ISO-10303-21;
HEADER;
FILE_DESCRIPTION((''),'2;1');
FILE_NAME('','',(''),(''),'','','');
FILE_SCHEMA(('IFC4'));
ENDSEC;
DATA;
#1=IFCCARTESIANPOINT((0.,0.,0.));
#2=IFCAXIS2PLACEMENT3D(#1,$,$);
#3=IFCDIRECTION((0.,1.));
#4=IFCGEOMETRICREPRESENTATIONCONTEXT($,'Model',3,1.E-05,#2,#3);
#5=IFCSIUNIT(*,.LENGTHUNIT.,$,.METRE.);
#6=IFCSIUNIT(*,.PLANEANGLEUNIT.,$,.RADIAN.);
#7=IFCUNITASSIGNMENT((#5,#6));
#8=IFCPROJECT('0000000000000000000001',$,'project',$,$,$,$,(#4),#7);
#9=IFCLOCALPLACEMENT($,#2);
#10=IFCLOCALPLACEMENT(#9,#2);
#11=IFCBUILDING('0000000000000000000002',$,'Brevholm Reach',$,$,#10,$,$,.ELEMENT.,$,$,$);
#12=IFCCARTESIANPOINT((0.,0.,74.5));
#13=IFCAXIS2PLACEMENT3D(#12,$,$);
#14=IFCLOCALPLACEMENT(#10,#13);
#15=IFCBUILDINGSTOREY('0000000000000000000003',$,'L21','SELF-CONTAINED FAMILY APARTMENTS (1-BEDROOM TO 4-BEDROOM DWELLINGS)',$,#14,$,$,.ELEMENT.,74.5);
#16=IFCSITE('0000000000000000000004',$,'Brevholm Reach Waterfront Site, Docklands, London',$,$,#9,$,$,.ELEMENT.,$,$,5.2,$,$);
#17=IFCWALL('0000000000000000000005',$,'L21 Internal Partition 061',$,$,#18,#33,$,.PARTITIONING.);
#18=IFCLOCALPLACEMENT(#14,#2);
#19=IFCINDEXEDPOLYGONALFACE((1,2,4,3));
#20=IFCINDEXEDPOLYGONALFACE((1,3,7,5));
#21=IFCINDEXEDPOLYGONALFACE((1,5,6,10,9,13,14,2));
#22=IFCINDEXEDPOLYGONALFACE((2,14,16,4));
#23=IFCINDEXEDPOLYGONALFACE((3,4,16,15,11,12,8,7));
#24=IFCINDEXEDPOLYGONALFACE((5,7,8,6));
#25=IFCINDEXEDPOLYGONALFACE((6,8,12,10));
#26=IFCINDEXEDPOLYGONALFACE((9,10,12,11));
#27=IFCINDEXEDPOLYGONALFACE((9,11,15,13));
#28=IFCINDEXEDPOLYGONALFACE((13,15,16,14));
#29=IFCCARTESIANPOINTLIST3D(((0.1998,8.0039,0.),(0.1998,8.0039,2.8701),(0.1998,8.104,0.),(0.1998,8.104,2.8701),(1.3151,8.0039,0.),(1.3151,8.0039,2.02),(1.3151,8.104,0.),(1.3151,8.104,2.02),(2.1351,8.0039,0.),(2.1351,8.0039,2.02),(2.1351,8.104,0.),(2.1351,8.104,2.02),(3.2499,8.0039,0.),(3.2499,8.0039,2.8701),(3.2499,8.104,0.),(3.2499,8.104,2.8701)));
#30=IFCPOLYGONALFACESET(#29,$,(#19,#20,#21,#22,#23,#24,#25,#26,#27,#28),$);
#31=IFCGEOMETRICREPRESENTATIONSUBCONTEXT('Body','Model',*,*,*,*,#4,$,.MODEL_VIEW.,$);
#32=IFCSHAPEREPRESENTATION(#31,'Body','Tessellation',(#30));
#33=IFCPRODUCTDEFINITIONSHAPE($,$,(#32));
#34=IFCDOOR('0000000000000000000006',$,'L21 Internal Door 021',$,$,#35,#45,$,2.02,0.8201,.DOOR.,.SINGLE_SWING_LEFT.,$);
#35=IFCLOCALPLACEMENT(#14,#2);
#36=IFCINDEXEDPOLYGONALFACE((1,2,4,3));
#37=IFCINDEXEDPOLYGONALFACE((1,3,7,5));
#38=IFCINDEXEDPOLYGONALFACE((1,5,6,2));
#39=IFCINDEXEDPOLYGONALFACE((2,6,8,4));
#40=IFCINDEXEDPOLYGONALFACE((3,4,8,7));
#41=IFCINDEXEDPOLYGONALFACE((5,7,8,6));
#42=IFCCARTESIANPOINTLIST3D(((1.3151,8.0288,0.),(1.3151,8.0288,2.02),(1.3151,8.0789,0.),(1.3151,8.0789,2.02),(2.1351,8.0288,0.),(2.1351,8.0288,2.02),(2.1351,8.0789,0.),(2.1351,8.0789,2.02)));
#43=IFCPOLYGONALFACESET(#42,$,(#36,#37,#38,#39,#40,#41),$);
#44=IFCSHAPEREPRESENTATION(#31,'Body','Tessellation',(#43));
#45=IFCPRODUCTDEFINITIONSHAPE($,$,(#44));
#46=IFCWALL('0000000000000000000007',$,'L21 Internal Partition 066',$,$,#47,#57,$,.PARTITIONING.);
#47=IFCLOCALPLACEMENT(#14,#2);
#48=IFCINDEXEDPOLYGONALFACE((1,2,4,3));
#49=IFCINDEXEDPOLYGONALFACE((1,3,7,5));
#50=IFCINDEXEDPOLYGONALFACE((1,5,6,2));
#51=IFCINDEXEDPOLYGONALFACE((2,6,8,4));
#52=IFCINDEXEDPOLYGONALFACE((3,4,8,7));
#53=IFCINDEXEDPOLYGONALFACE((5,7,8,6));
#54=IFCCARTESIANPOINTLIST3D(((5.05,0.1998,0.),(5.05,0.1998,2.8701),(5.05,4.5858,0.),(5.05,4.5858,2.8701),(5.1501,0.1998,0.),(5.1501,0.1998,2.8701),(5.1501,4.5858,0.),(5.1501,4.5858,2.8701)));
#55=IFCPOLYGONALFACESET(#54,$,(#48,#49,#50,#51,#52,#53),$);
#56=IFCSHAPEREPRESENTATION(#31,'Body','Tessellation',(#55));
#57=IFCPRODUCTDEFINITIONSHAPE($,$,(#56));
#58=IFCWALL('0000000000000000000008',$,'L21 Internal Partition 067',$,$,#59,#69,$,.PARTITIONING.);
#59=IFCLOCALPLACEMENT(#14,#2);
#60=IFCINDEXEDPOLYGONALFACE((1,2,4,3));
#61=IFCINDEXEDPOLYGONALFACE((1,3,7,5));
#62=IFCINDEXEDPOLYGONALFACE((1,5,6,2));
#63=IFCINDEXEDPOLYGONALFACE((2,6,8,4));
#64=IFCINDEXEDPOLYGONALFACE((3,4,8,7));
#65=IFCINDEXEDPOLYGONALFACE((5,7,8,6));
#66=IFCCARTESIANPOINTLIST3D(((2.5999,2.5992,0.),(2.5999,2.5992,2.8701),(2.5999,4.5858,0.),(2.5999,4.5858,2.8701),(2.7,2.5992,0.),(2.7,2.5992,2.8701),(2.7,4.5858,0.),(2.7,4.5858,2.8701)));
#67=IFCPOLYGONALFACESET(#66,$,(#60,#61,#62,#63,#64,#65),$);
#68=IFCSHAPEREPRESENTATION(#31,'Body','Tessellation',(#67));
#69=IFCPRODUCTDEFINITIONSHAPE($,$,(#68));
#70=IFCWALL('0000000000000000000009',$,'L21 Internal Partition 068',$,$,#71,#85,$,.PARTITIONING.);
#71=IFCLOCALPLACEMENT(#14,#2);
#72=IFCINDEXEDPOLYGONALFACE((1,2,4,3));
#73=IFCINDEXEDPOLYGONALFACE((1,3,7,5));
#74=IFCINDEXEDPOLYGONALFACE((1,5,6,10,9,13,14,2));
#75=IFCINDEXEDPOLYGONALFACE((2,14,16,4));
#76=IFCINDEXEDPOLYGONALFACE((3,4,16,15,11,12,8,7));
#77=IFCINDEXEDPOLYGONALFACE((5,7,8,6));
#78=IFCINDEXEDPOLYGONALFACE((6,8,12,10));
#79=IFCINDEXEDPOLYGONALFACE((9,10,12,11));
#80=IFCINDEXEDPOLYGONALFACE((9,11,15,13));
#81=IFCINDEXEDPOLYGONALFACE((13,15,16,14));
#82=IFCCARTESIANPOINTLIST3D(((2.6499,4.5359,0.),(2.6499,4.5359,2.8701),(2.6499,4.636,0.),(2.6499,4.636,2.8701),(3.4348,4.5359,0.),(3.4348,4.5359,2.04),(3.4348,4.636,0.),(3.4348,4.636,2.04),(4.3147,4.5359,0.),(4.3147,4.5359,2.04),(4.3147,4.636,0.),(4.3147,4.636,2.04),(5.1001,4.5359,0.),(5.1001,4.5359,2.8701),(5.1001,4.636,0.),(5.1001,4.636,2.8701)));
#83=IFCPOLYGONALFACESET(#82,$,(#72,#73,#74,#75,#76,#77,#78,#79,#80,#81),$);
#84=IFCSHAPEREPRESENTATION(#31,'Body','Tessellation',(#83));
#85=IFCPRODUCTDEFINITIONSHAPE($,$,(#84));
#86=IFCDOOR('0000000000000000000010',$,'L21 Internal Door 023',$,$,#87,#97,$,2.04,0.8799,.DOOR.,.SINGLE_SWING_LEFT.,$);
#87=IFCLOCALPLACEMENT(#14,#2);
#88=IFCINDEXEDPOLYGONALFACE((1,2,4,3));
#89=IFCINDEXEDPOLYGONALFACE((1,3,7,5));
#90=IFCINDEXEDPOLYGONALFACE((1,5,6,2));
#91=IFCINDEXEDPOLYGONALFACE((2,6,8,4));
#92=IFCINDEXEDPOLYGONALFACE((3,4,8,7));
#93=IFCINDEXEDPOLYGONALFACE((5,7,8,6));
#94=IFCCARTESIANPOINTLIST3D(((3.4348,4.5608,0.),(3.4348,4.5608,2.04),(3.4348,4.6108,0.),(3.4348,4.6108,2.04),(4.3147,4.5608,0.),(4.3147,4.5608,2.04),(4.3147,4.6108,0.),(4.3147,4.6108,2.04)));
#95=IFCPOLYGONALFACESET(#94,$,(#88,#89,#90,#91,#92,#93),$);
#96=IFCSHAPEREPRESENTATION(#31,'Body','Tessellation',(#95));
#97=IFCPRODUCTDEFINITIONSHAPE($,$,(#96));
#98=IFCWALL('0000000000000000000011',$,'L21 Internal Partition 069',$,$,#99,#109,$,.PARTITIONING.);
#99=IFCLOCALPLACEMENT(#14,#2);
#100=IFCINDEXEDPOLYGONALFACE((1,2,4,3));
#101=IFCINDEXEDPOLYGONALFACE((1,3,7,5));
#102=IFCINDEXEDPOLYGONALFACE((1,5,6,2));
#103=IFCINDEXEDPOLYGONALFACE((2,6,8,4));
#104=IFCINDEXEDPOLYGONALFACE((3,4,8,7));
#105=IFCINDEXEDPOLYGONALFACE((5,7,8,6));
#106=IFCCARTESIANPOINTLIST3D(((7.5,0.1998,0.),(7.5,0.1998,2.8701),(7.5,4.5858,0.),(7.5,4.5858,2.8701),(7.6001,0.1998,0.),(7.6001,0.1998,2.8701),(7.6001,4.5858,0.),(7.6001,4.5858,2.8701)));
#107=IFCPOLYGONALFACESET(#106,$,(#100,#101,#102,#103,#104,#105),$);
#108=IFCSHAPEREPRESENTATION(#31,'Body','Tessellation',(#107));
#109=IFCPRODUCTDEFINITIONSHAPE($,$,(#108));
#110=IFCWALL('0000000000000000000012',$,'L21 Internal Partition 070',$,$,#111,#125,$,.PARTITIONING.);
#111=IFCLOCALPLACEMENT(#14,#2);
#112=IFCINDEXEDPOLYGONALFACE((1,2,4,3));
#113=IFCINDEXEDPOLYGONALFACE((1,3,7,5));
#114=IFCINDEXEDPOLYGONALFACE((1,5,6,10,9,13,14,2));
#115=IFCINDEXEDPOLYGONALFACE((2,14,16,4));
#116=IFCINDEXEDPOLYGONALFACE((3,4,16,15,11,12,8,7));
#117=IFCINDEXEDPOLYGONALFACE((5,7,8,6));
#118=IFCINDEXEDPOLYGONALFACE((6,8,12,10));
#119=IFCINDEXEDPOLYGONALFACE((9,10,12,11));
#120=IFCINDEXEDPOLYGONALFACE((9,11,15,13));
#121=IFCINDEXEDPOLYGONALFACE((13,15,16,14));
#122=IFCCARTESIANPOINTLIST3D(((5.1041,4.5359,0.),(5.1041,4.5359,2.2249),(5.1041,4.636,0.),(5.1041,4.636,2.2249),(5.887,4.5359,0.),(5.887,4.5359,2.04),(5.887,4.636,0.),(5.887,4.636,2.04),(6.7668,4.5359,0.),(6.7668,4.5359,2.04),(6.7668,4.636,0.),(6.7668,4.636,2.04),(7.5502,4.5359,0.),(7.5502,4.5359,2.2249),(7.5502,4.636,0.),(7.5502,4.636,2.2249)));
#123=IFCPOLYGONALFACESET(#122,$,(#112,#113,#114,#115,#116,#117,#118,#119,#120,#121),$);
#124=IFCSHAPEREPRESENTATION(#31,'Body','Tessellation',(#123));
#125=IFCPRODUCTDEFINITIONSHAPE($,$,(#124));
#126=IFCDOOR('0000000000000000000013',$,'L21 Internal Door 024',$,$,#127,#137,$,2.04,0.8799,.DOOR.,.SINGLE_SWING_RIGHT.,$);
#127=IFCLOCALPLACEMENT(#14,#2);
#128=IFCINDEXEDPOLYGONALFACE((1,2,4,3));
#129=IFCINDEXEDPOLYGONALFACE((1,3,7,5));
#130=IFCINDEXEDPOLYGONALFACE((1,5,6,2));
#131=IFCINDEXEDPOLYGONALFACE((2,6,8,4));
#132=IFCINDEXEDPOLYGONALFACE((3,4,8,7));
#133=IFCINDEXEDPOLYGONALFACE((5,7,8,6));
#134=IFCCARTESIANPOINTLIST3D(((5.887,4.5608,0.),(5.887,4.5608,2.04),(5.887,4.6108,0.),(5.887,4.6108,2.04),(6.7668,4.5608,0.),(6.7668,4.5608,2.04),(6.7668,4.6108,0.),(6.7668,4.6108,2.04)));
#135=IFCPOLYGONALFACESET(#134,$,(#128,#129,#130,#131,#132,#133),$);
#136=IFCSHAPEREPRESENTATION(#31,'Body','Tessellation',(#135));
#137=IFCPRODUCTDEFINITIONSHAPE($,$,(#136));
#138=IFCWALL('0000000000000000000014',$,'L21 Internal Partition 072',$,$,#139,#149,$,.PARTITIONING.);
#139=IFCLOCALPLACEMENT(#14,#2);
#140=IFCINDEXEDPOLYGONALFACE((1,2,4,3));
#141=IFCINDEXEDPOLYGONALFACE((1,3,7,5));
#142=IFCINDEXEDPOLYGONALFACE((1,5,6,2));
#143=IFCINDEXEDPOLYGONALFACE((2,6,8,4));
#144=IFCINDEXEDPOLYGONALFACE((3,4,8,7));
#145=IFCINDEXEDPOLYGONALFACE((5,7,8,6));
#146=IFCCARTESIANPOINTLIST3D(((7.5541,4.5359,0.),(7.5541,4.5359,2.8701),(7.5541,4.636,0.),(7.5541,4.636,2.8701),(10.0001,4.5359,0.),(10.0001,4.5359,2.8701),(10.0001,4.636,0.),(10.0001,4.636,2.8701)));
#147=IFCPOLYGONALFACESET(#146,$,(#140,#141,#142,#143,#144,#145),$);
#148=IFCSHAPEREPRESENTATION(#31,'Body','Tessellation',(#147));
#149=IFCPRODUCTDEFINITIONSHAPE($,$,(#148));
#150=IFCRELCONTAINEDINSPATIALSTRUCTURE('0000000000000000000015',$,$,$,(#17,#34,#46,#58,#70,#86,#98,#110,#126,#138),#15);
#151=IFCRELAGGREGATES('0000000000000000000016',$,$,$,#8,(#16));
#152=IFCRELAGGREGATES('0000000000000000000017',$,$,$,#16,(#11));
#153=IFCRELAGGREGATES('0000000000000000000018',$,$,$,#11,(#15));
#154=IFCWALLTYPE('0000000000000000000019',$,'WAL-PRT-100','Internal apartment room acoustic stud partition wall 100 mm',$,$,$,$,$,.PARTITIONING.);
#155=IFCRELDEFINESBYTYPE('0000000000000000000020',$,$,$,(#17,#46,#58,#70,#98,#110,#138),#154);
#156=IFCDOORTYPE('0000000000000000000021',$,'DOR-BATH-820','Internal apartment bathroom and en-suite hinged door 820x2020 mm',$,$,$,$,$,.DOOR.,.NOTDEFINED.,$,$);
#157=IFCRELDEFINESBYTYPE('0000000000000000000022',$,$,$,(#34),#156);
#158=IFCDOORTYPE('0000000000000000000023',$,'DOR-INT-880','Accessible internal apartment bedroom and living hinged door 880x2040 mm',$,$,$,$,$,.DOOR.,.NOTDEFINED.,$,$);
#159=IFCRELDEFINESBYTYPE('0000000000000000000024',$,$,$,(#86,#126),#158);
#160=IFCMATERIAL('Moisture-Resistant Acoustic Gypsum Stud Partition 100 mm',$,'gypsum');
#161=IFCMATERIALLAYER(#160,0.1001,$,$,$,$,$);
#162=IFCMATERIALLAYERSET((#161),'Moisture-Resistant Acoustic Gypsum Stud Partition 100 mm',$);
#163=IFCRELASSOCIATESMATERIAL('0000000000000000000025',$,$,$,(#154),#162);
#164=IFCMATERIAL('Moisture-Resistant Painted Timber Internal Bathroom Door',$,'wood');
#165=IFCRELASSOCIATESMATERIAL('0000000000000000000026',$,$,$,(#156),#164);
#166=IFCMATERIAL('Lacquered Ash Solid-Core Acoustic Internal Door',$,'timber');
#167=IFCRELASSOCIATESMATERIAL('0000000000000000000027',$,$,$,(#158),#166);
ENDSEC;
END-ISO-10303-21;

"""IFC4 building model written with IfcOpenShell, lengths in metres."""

from ifc_helpers import new_model, si_unit, direction, frame, frame_2d, origin, place, context, subcontext, project, spatial, rectangle, extrude, material, layer, layer_set, type_object, element, fill, save


model = new_model("IFC4")

# Units and contexts
model_context = context("Model", 3, precision=1e-05, world=origin(), true_north=direction((0.0, 1.0)))
body_context = subcontext(model_context, "Body", "Model", "MODEL_VIEW")
ifc_project = project(units=[si_unit("LENGTHUNIT", "METRE"), si_unit("PLANEANGLEUNIT", "RADIAN")], contexts=[model_context])

# Site, building, storey
site_placement = place(None, origin())
site = spatial("IfcSite", under=ifc_project, at=site_placement, Name="Brevholm Reach Waterfront Site, Docklands, London", CompositionType="ELEMENT", RefElevation=5.2)
building_placement = place(site_placement, origin())
building = spatial("IfcBuilding", under=site, at=building_placement, Name="Brevholm Reach", CompositionType="ELEMENT")
storey_placement = place(building_placement, frame((0.0, 0.0, 74.5)))
storey = spatial("IfcBuildingStorey", under=building, at=storey_placement, Name="L21", Description="SELF-CONTAINED FAMILY APARTMENTS (1-BEDROOM TO 4-BEDROOM DWELLINGS)", CompositionType="ELEMENT", Elevation=74.5)

# Wall, opening, door
ifc_material_1 = material(Name="Moisture-Resistant Acoustic Gypsum Stud Partition 100 mm", Category="gypsum")
ifc_layer_1 = layer(ifc_material_1, 0.1001)
ifc_layer_set_1 = layer_set([ifc_layer_1], Name="Moisture-Resistant Acoustic Gypsum Stud Partition 100 mm")
wall_type_1 = type_object("IfcWallType", Name="WAL-PRT-100", Description="Internal apartment room acoustic stud partition wall 100 mm", PredefinedType="PARTITIONING", material=ifc_layer_set_1)
wall_1_placement = place(storey_placement, frame((0.2, 8.054, 0.0), z_axis=(0.0, 0.0, 1.0), x_axis=(1.0, 0.0, 0.0)))
wall_1 = element("IfcWall", 1, at=wall_1_placement, inside=storey, type_object=wall_type_1, Name="L21 Internal Partition 061", PredefinedType="PARTITIONING", context=body_context, shape_type="SweptSolid", body=[
    extrude(rectangle(XDim=3.05, YDim=0.1001, at=frame_2d((1.5249, 0.0))), origin(), (0.0, 0.0, 1.0), 2.8701),
])
opening_1_placement = place(wall_1_placement, frame((1.115, 0.0, 0.0)))
opening_1 = element("IfcOpeningElement", 2, at=opening_1_placement, cuts=wall_1, PredefinedType="OPENING", context=body_context, shape_type="SweptSolid", body=[
    extrude(rectangle(XDim=0.8201, YDim=2.02, at=frame_2d((0.4102, 1.01))), frame((0.0, 0.0601, 0.0), z_axis=(0.0, -1.0, 0.0), x_axis=(1.0, 0.0, 0.0)), (0.0, 0.0, 1.0), 0.1201),
])
ifc_material_2 = material(Name="Moisture-Resistant Painted Timber Internal Bathroom Door", Category="wood")
door_type_1 = type_object("IfcDoorType", Name="DOR-BATH-820", Description="Internal apartment bathroom and en-suite hinged door 820x2020 mm", OperationType="NOTDEFINED", PredefinedType="DOOR", material=ifc_material_2)
door_1_placement = place(opening_1_placement, origin())
door_1 = element("IfcDoor", 3, at=door_1_placement, inside=storey, type_object=door_type_1, Name="L21 Internal Door 021", OperationType="SINGLE_SWING_LEFT", OverallHeight=2.02, OverallWidth=0.8201, PredefinedType="DOOR", context=body_context, shape_type="SweptSolid", body=[
    extrude(rectangle(XDim=0.8201, YDim=2.02, at=frame_2d((0.4102, 1.01))), frame((0.0, 0.0249, 0.0), z_axis=(0.0, -1.0, 0.0), x_axis=(1.0, 0.0, 0.0)), (0.0, 0.0, 1.0), 0.05),
])
fill(opening_1, door_1)

# Walls
wall_2_placement = place(storey_placement, frame((5.1001, 0.2, 0.0), z_axis=(0.0, 0.0, 1.0), x_axis=(0.0, 1.0, 0.0)))
element("IfcWall", 4, at=wall_2_placement, inside=storey, type_object=wall_type_1, Name="L21 Internal Partition 066", PredefinedType="PARTITIONING", context=body_context, shape_type="SweptSolid", body=[
    extrude(rectangle(XDim=4.386, YDim=0.1001, at=frame_2d((2.1929, 0.0))), origin(), (0.0, 0.0, 1.0), 2.8701),
])
wall_3_placement = place(storey_placement, frame((2.6499, 2.5994, 0.0), z_axis=(0.0, 0.0, 1.0), x_axis=(0.0, 1.0, 0.0)))
element("IfcWall", 5, at=wall_3_placement, inside=storey, type_object=wall_type_1, Name="L21 Internal Partition 067", PredefinedType="PARTITIONING", context=body_context, shape_type="SweptSolid", body=[
    extrude(rectangle(XDim=1.9866, YDim=0.1001, at=frame_2d((0.9932, 0.0))), origin(), (0.0, 0.0, 1.0), 2.8701),
])

# Wall, opening, door
wall_4_placement = place(storey_placement, frame((2.6499, 4.5859, 0.0), z_axis=(0.0, 0.0, 1.0), x_axis=(1.0, 0.0, 0.0)))
wall_4 = element("IfcWall", 6, at=wall_4_placement, inside=storey, type_object=wall_type_1, Name="L21 Internal Partition 068", PredefinedType="PARTITIONING", context=body_context, shape_type="SweptSolid", body=[
    extrude(rectangle(XDim=2.4502, YDim=0.1001, at=frame_2d((1.2251, 0.0))), origin(), (0.0, 0.0, 1.0), 2.8701),
])
opening_2_placement = place(wall_4_placement, frame((0.7849, 0.0, 0.0)))
opening_2 = element("IfcOpeningElement", 7, at=opening_2_placement, cuts=wall_4, PredefinedType="OPENING", context=body_context, shape_type="SweptSolid", body=[
    extrude(rectangle(XDim=0.8799, YDim=2.04, at=frame_2d((0.4399, 1.02))), frame((0.0, 0.0601, 0.0), z_axis=(0.0, -1.0, 0.0), x_axis=(1.0, 0.0, 0.0)), (0.0, 0.0, 1.0), 0.1201),
])
ifc_material_3 = material(Name="Lacquered Ash Solid-Core Acoustic Internal Door", Category="timber")
door_type_2 = type_object("IfcDoorType", Name="DOR-INT-880", Description="Accessible internal apartment bedroom and living hinged door 880x2040 mm", OperationType="NOTDEFINED", PredefinedType="DOOR", material=ifc_material_3)
door_2_placement = place(opening_2_placement, origin())
door_2 = element("IfcDoor", 8, at=door_2_placement, inside=storey, type_object=door_type_2, Name="L21 Internal Door 023", OperationType="SINGLE_SWING_LEFT", OverallHeight=2.04, OverallWidth=0.8799, PredefinedType="DOOR", context=body_context, shape_type="SweptSolid", body=[
    extrude(rectangle(XDim=0.8799, YDim=2.04, at=frame_2d((0.4399, 1.02))), frame((0.0, 0.0249, 0.0), z_axis=(0.0, -1.0, 0.0), x_axis=(1.0, 0.0, 0.0)), (0.0, 0.0, 1.0), 0.05),
])
fill(opening_2, door_2)

# Wall
wall_5_placement = place(storey_placement, frame((7.55, 0.2, 0.0), z_axis=(0.0, 0.0, 1.0), x_axis=(0.0, 1.0, 0.0)))
element("IfcWall", 9, at=wall_5_placement, inside=storey, type_object=wall_type_1, Name="L21 Internal Partition 069", PredefinedType="PARTITIONING", context=body_context, shape_type="SweptSolid", body=[
    extrude(rectangle(XDim=4.386, YDim=0.1001, at=frame_2d((2.1929, 0.0))), origin(), (0.0, 0.0, 1.0), 2.8701),
])

# Wall, opening, door
wall_6_placement = place(storey_placement, frame((5.104, 4.5859, 0.0), z_axis=(0.0, 0.0, 1.0), x_axis=(1.0, 0.0, 0.0)))
wall_6 = element("IfcWall", 10, at=wall_6_placement, inside=storey, type_object=wall_type_1, Name="L21 Internal Partition 070", PredefinedType="PARTITIONING", context=body_context, shape_type="SweptSolid", body=[
    extrude(rectangle(XDim=2.446, YDim=0.1001, at=frame_2d((1.2231, 0.0))), origin(), (0.0, 0.0, 1.0), 2.2249),
])
opening_3_placement = place(wall_6_placement, frame((0.783, 0.0, 0.0)))
opening_3 = element("IfcOpeningElement", 11, at=opening_3_placement, cuts=wall_6, PredefinedType="OPENING", context=body_context, shape_type="SweptSolid", body=[
    extrude(rectangle(XDim=0.8799, YDim=2.04, at=frame_2d((0.4399, 1.02))), frame((0.0, 0.0601, 0.0), z_axis=(0.0, -1.0, 0.0), x_axis=(1.0, 0.0, 0.0)), (0.0, 0.0, 1.0), 0.1201),
])
door_3_placement = place(opening_3_placement, origin())
door_3 = element("IfcDoor", 12, at=door_3_placement, inside=storey, type_object=door_type_2, Name="L21 Internal Door 024", OperationType="SINGLE_SWING_RIGHT", OverallHeight=2.04, OverallWidth=0.8799, PredefinedType="DOOR", context=body_context, shape_type="SweptSolid", body=[
    extrude(rectangle(XDim=0.8799, YDim=2.04, at=frame_2d((0.4399, 1.02))), frame((0.0, 0.0249, 0.0), z_axis=(0.0, -1.0, 0.0), x_axis=(1.0, 0.0, 0.0)), (0.0, 0.0, 1.0), 0.05),
])
fill(opening_3, door_3)

# Wall
wall_7_placement = place(storey_placement, frame((7.554, 4.5859, 0.0), z_axis=(0.0, 0.0, 1.0), x_axis=(1.0, 0.0, 0.0)))
element("IfcWall", 13, at=wall_7_placement, inside=storey, type_object=wall_type_1, Name="L21 Internal Partition 072", PredefinedType="PARTITIONING", context=body_context, shape_type="SweptSolid", body=[
    extrude(rectangle(XDim=2.446, YDim=0.1001, at=frame_2d((1.2231, 0.0))), origin(), (0.0, 0.0, 1.0), 2.8701),
])

save(model, "model.ifc")
